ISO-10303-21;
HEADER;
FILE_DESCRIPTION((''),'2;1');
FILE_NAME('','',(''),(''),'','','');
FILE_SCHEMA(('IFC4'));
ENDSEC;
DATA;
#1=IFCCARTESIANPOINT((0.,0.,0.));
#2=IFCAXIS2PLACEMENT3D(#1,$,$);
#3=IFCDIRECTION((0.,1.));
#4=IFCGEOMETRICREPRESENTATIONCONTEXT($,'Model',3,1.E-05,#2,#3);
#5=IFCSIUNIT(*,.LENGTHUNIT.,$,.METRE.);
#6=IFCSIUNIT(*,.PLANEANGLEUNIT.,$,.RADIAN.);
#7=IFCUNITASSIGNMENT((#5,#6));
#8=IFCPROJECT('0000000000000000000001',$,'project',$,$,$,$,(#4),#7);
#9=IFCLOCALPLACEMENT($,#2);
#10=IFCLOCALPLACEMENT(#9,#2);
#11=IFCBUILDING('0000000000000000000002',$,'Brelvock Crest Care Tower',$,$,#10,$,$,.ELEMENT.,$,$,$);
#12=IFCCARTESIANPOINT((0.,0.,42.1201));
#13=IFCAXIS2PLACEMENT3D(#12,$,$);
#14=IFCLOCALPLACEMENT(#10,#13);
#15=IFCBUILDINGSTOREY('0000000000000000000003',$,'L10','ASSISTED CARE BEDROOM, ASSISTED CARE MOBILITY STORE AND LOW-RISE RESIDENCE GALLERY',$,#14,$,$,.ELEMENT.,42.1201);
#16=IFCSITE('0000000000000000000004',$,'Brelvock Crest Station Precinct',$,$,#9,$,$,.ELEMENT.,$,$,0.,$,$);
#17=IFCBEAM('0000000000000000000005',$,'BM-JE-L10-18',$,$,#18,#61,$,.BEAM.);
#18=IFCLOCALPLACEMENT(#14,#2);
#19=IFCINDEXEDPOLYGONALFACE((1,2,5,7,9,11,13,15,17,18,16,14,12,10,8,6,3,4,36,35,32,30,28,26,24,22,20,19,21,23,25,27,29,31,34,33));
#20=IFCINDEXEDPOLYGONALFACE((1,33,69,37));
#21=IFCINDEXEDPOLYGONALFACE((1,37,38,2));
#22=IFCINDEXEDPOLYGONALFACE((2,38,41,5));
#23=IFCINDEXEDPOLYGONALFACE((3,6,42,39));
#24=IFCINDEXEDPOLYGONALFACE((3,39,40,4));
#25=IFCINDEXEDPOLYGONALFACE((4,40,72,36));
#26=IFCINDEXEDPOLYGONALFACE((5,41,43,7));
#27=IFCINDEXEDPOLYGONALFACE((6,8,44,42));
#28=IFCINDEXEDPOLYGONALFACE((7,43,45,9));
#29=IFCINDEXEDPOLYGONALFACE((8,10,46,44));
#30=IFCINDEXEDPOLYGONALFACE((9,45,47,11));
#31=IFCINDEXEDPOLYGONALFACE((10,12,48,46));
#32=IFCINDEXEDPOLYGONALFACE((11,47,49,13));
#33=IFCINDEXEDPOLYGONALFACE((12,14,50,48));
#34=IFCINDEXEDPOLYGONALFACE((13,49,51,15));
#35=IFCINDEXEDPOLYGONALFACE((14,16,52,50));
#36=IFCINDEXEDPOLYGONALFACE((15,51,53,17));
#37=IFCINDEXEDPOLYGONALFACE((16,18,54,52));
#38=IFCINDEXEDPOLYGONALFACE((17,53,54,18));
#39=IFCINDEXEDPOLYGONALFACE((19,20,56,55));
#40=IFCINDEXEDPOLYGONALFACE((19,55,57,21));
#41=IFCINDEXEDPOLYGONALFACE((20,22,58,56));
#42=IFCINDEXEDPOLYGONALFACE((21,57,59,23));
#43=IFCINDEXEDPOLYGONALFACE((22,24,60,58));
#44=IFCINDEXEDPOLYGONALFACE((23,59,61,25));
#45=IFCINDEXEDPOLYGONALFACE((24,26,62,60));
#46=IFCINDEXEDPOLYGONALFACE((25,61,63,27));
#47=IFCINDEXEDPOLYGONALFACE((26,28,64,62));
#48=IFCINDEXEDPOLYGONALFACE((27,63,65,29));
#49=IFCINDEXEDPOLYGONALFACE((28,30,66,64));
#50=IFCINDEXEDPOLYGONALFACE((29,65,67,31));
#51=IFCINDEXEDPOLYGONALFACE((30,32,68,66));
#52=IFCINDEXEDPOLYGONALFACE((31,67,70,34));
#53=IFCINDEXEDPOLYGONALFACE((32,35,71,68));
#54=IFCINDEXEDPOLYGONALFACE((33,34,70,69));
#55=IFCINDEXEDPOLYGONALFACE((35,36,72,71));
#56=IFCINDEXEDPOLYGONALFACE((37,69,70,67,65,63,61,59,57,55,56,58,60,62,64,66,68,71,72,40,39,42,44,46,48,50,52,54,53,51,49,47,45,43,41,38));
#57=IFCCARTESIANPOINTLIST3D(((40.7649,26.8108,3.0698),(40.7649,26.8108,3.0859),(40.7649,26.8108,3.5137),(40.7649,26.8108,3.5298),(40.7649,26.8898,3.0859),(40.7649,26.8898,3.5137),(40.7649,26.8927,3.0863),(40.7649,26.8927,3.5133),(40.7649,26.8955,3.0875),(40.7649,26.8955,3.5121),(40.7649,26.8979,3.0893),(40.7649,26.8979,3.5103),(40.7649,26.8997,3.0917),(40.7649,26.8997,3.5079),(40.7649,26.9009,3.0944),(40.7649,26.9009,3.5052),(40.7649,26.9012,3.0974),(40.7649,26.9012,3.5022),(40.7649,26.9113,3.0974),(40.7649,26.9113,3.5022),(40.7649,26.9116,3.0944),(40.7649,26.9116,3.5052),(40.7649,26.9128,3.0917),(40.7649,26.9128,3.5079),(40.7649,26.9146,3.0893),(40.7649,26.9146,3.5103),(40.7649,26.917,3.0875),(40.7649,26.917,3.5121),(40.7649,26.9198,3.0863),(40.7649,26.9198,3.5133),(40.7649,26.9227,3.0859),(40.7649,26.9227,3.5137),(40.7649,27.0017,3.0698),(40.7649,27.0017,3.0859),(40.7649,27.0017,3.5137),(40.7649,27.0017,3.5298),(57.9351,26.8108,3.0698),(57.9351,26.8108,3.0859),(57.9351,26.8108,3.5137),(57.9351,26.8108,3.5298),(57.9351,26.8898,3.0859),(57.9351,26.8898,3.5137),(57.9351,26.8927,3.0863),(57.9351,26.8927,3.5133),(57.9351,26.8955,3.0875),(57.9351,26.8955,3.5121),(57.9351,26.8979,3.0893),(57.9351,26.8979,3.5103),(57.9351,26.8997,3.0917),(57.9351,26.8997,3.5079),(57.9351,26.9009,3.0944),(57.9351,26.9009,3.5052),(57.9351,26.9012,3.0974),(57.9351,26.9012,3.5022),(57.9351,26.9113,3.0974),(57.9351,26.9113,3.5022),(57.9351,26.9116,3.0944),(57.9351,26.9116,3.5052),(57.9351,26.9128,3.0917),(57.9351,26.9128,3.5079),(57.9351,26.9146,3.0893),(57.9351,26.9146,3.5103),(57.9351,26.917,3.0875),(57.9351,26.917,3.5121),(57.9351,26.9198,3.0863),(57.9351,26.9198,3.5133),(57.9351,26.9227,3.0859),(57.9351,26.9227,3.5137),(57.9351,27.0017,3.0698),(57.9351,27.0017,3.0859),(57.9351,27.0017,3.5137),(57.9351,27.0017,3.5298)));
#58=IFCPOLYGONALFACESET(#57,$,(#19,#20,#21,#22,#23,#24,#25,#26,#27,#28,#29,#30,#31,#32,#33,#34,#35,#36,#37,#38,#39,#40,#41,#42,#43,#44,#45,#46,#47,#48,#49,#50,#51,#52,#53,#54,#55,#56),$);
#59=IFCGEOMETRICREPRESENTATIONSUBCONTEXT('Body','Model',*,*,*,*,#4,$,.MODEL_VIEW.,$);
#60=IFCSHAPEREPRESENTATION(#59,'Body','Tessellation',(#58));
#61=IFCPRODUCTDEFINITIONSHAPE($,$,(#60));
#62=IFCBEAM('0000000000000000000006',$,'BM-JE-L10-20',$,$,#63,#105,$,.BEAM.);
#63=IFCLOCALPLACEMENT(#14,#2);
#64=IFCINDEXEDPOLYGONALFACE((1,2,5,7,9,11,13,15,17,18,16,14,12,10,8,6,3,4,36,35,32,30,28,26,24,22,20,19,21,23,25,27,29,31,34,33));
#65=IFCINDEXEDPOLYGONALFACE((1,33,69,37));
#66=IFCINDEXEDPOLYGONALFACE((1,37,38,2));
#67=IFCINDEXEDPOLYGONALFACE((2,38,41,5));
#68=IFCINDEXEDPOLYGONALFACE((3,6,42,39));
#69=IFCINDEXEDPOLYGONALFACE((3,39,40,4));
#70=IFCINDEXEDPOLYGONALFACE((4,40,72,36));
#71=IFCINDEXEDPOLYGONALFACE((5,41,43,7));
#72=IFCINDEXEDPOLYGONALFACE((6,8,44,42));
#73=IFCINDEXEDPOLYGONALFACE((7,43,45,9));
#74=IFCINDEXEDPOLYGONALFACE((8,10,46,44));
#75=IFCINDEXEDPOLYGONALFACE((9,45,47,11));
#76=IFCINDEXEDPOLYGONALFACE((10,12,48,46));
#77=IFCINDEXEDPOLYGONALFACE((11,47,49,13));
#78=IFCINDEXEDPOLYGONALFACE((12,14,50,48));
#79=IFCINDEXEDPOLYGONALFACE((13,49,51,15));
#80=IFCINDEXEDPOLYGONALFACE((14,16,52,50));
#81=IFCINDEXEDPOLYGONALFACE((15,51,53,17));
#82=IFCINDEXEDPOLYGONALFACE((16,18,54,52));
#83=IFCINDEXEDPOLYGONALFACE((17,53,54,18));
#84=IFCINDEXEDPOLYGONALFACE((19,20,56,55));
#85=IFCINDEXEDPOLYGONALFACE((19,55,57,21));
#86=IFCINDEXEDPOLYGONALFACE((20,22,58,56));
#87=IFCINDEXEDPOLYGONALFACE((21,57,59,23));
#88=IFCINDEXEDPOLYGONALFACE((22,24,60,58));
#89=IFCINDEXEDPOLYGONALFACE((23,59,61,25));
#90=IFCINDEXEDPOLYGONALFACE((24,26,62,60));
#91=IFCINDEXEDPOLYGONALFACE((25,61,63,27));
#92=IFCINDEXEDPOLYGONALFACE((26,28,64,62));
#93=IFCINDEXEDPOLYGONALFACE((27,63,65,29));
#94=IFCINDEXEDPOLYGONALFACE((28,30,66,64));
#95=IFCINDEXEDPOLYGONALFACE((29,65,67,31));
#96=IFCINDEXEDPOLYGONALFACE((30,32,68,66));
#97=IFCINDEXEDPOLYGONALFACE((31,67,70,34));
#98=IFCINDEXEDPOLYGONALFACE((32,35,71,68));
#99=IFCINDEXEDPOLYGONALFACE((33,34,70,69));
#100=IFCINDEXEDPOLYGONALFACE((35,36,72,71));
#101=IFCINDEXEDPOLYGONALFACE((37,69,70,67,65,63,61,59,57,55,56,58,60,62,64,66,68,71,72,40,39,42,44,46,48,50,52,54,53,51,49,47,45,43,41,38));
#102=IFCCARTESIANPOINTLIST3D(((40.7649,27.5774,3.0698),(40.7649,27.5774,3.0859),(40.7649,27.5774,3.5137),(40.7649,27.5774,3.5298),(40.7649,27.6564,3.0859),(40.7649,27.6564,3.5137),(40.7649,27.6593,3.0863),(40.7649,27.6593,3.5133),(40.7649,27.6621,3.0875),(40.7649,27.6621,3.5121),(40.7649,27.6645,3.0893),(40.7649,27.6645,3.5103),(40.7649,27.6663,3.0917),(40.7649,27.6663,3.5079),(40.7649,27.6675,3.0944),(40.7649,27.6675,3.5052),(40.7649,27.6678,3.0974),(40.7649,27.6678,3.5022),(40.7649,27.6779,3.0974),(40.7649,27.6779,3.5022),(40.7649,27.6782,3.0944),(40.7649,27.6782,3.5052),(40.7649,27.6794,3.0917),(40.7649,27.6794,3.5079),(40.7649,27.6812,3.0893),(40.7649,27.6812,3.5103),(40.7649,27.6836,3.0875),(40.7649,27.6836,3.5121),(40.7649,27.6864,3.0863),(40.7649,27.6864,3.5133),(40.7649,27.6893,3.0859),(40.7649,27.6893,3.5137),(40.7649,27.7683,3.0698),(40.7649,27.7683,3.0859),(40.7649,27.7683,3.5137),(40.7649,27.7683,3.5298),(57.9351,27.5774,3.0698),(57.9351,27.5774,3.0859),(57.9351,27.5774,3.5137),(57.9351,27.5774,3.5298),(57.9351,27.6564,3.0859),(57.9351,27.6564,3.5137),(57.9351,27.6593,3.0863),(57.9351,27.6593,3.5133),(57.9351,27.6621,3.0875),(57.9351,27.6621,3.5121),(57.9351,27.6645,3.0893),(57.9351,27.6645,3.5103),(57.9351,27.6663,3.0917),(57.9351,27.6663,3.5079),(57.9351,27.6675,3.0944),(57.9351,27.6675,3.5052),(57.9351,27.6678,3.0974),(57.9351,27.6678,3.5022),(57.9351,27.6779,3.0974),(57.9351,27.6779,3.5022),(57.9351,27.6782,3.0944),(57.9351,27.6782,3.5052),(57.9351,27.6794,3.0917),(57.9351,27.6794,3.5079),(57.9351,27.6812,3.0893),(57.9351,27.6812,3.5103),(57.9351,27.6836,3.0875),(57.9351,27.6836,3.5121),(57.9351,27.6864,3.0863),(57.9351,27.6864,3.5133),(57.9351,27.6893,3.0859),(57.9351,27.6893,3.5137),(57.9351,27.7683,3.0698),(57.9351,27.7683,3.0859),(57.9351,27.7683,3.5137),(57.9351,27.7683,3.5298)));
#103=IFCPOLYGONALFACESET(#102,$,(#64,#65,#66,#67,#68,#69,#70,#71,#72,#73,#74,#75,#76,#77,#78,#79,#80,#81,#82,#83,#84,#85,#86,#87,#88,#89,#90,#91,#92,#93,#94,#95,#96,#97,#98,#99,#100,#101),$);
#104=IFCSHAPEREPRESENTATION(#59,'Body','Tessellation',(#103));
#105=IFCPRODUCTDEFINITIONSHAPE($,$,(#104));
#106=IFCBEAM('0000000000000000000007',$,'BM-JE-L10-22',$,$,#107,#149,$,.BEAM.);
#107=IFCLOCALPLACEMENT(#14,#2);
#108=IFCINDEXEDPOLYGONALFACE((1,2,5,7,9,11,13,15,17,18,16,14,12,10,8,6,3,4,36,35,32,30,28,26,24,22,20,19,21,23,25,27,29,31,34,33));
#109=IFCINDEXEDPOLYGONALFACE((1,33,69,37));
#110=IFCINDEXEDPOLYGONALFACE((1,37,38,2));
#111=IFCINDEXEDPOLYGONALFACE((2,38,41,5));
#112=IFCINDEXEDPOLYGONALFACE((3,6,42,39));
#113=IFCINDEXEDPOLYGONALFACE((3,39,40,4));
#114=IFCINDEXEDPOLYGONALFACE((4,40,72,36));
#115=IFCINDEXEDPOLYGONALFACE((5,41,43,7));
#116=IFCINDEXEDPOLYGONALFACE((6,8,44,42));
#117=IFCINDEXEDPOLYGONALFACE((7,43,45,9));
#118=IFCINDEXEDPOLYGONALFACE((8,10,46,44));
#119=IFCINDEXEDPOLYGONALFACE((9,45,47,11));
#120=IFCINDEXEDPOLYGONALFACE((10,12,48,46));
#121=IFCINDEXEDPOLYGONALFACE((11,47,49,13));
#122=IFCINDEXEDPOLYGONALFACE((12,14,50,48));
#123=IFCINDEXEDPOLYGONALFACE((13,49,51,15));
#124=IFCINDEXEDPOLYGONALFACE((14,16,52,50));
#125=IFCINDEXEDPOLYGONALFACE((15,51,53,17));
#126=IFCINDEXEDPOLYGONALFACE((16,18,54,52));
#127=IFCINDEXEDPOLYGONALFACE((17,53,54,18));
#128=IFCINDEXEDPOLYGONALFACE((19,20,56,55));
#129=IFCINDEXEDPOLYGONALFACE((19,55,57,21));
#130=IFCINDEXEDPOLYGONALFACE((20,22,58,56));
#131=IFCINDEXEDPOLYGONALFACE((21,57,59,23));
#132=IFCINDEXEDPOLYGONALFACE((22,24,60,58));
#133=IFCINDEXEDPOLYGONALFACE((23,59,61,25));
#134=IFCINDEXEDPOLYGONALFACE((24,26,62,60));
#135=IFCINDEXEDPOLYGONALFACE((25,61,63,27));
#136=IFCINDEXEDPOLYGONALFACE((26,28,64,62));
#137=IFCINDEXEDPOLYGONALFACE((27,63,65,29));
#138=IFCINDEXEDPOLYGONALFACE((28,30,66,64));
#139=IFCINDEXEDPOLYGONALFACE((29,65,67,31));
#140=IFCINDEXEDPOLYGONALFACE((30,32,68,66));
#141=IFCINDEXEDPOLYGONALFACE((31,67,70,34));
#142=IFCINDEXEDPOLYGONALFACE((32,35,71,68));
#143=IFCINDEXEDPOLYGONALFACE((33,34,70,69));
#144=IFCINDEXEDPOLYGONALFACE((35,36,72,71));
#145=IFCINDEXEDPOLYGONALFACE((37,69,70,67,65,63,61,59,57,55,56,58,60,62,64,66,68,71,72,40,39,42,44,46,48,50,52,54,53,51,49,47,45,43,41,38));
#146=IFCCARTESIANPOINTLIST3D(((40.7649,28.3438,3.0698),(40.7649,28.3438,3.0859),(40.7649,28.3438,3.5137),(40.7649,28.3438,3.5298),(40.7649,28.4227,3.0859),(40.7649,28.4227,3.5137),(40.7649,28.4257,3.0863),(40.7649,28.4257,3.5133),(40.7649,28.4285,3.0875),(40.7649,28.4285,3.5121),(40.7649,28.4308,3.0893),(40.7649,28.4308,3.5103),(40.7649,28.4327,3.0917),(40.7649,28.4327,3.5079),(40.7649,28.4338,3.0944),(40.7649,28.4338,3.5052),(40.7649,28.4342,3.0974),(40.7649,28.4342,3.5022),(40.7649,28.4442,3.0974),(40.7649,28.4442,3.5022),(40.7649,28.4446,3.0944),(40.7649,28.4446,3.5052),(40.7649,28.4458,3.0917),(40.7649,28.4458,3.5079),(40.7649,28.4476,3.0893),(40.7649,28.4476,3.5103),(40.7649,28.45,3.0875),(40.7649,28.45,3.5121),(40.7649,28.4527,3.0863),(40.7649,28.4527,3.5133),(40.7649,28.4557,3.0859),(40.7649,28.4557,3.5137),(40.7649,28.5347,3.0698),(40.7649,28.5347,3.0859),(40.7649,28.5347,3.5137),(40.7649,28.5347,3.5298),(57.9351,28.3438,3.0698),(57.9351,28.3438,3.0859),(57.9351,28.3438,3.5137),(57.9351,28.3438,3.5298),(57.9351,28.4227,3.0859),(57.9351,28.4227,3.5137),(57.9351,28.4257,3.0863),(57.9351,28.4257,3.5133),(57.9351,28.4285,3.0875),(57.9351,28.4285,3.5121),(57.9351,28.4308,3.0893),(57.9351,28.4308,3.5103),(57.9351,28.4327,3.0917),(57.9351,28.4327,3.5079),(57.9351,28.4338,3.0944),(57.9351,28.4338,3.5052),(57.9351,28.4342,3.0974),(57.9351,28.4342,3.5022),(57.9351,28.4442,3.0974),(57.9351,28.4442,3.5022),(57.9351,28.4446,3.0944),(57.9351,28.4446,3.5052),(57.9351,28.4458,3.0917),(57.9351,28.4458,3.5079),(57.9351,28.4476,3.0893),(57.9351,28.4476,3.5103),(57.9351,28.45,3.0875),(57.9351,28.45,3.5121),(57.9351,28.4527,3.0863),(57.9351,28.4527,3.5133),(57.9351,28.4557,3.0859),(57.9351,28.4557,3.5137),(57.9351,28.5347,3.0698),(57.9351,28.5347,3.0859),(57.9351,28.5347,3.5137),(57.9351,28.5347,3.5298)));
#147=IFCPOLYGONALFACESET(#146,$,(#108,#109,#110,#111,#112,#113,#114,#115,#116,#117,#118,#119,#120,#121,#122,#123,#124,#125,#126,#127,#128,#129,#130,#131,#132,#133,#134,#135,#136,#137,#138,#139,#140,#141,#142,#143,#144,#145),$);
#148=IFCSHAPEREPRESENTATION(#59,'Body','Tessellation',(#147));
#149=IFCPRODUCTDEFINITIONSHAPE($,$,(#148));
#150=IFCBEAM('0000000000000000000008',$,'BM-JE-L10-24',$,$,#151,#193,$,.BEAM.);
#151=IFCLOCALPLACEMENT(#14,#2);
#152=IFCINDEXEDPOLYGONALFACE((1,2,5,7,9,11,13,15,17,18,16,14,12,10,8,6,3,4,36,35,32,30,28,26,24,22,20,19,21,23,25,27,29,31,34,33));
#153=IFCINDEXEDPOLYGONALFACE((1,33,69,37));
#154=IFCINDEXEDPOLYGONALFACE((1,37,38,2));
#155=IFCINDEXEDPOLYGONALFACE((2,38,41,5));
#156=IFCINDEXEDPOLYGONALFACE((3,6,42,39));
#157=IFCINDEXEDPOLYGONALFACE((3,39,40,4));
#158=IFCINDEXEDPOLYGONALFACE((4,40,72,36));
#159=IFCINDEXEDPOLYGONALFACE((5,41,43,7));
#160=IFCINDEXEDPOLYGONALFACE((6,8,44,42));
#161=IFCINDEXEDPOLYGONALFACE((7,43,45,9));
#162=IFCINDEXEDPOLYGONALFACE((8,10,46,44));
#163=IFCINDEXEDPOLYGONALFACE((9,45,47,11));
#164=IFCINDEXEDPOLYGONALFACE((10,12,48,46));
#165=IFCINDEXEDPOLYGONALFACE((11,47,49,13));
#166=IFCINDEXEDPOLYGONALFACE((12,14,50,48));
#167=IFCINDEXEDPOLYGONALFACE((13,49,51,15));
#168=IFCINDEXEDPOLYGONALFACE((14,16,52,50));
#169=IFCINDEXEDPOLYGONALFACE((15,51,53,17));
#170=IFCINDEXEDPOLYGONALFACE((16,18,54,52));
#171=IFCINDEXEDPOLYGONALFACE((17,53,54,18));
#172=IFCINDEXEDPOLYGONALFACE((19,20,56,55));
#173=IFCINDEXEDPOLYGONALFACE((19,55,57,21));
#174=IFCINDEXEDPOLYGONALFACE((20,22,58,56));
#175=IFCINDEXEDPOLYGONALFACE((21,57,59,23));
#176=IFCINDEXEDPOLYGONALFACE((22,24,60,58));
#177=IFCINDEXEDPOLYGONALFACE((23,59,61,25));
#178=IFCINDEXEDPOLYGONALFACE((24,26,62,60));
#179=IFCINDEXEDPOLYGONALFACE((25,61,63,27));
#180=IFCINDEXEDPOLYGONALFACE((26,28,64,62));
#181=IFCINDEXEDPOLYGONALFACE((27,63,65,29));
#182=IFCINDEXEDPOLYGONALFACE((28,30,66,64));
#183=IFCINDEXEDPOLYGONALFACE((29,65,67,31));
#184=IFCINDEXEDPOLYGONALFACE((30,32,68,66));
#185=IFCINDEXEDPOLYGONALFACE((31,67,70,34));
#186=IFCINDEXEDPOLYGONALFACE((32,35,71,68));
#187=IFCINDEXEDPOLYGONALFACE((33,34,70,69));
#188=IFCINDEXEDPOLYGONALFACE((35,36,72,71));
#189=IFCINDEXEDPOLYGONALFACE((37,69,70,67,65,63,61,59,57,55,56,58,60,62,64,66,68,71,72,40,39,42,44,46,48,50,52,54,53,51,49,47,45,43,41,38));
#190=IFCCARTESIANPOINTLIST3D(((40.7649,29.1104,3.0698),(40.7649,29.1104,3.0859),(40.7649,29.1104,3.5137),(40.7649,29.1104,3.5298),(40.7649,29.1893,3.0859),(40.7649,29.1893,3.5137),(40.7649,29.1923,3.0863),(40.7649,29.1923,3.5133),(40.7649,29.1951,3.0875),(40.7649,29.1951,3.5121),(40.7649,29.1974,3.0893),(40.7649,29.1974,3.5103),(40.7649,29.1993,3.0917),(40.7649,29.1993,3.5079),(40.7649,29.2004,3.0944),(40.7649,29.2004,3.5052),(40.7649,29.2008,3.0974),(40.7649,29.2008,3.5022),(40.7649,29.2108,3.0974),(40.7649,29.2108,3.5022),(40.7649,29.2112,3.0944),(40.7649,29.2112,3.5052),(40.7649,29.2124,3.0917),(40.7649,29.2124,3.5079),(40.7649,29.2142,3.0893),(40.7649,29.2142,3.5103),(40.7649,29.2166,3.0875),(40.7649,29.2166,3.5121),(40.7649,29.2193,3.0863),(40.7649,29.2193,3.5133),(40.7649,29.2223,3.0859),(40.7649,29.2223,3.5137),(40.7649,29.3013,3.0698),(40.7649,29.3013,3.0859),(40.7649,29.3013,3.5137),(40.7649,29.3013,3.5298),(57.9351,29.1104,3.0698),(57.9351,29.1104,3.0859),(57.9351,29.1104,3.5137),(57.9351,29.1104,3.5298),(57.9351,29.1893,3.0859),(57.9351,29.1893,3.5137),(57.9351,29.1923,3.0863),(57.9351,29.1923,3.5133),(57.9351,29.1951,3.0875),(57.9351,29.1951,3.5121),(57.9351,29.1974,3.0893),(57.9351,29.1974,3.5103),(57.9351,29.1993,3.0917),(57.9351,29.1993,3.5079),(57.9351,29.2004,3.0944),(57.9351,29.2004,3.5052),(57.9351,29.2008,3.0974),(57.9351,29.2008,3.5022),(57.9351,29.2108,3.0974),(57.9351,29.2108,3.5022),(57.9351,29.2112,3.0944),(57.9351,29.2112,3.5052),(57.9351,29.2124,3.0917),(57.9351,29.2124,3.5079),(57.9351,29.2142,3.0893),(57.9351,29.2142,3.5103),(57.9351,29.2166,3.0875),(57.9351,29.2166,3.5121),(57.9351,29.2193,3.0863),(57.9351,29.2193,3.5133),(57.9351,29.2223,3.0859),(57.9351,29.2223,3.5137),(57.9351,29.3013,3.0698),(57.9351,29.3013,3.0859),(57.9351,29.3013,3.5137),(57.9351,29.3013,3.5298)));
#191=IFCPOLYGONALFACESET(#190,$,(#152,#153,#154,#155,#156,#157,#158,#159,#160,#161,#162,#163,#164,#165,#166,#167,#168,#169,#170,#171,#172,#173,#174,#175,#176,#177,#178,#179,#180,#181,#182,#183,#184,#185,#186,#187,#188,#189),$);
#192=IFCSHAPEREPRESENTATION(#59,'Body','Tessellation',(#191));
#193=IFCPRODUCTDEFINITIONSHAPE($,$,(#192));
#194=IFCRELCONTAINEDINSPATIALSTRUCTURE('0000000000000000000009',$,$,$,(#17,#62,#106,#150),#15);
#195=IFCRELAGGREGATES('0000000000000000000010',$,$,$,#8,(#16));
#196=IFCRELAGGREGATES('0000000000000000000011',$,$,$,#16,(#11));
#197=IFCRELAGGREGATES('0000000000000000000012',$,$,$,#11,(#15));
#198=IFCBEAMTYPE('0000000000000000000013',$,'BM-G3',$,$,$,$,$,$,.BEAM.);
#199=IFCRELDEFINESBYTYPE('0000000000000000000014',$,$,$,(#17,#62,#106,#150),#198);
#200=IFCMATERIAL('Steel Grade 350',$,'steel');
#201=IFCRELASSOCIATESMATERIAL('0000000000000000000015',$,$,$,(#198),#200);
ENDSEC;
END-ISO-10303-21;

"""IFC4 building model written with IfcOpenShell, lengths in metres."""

from ifc_helpers import new_model, si_unit, direction, frame, origin, origin_2d, place, context, subcontext, project, spatial, i_section, extrude, source, transform, mapped, material, material_profile, profile_set, type_object, element, save


model = new_model("IFC4")

# Units and contexts
model_context = context("Model", 3, precision=1e-05, world=origin(), true_north=direction((0.0, 1.0)))
body_context = subcontext(model_context, "Body", "Model", "MODEL_VIEW")
ifc_project = project(units=[si_unit("LENGTHUNIT", "METRE"), si_unit("PLANEANGLEUNIT", "RADIAN")], contexts=[model_context])

# Site, building, storey
site_placement = place(None, origin())
site = spatial("IfcSite", under=ifc_project, at=site_placement, Name="Brelvock Crest Station Precinct", CompositionType="ELEMENT", RefElevation=0.0)
building_placement = place(site_placement, origin())
building = spatial("IfcBuilding", under=site, at=building_placement, Name="Brelvock Crest Care Tower", CompositionType="ELEMENT")
storey_placement = place(building_placement, frame((0.0, 0.0, 42.1201)))
storey = spatial("IfcBuildingStorey", under=building, at=storey_placement, Name="L10", Description="ASSISTED CARE BEDROOM, ASSISTED CARE MOBILITY STORE AND LOW-RISE RESIDENCE GALLERY", CompositionType="ELEMENT", Elevation=42.1201)

# Beams
ifc_material_1 = material(Name="Steel Grade 350", Category="steel")
ifc_material_profile_1 = material_profile(ifc_material_1, i_section(OverallWidth=0.1909, OverallDepth=0.46, WebThickness=0.01, FlangeThickness=0.0161, FilletRadius=0.0115, at=origin_2d()), Name="460UB82.1")
ifc_profile_set_1 = profile_set([ifc_material_profile_1], Name="Steel Grade 350")
beam_type_1 = type_object("IfcBeamType", Name="BM-G3", PredefinedType="BEAM", material=ifc_profile_set_1)
shared_shape_1 = source(origin(), body_context, "Body", "SweptSolid", [
    extrude(i_section(OverallWidth=0.1909, OverallDepth=0.46, WebThickness=0.01, FlangeThickness=0.0161, FilletRadius=0.0115, at=origin_2d()), origin(), (0.0, 0.0, 1.0), 17.1702),
])
for number, where, z_axis, x_axis, name in (
    (1, (40.7649, 26.9062, 3.2998), (1.0, 0.0, 0.0), (0.0, 1.0, 0.0), "BM-JE-L10-18"),
    (2, (40.7649, 27.6729, 3.2998), (1.0, 0.0, 0.0), (0.0, 1.0, 0.0), "BM-JE-L10-20"),
    (3, (40.7649, 28.4392, 3.2998), (1.0, 0.0, 0.0), (0.0, 1.0, 0.0), "BM-JE-L10-22"),
    (4, (40.7649, 29.2058, 3.2998), (1.0, 0.0, 0.0), (0.0, 1.0, 0.0), "BM-JE-L10-24"),
):
    element("IfcBeam", number, at=place(storey_placement, frame(where, z_axis=z_axis, x_axis=x_axis)), inside=storey, type_object=beam_type_1, Name=name, PredefinedType="BEAM", context=body_context, shape_type="MappedRepresentation", body=[
        mapped(shared_shape_1, transform((0.0, 0.0, 0.0), x_axis=(1.0, 0.0, 0.0), y_axis=(0.0, 1.0, 0.0), z_axis=(0.0, 0.0, 1.0), scale=1.0)),
    ])

save(model, "model.ifc")
